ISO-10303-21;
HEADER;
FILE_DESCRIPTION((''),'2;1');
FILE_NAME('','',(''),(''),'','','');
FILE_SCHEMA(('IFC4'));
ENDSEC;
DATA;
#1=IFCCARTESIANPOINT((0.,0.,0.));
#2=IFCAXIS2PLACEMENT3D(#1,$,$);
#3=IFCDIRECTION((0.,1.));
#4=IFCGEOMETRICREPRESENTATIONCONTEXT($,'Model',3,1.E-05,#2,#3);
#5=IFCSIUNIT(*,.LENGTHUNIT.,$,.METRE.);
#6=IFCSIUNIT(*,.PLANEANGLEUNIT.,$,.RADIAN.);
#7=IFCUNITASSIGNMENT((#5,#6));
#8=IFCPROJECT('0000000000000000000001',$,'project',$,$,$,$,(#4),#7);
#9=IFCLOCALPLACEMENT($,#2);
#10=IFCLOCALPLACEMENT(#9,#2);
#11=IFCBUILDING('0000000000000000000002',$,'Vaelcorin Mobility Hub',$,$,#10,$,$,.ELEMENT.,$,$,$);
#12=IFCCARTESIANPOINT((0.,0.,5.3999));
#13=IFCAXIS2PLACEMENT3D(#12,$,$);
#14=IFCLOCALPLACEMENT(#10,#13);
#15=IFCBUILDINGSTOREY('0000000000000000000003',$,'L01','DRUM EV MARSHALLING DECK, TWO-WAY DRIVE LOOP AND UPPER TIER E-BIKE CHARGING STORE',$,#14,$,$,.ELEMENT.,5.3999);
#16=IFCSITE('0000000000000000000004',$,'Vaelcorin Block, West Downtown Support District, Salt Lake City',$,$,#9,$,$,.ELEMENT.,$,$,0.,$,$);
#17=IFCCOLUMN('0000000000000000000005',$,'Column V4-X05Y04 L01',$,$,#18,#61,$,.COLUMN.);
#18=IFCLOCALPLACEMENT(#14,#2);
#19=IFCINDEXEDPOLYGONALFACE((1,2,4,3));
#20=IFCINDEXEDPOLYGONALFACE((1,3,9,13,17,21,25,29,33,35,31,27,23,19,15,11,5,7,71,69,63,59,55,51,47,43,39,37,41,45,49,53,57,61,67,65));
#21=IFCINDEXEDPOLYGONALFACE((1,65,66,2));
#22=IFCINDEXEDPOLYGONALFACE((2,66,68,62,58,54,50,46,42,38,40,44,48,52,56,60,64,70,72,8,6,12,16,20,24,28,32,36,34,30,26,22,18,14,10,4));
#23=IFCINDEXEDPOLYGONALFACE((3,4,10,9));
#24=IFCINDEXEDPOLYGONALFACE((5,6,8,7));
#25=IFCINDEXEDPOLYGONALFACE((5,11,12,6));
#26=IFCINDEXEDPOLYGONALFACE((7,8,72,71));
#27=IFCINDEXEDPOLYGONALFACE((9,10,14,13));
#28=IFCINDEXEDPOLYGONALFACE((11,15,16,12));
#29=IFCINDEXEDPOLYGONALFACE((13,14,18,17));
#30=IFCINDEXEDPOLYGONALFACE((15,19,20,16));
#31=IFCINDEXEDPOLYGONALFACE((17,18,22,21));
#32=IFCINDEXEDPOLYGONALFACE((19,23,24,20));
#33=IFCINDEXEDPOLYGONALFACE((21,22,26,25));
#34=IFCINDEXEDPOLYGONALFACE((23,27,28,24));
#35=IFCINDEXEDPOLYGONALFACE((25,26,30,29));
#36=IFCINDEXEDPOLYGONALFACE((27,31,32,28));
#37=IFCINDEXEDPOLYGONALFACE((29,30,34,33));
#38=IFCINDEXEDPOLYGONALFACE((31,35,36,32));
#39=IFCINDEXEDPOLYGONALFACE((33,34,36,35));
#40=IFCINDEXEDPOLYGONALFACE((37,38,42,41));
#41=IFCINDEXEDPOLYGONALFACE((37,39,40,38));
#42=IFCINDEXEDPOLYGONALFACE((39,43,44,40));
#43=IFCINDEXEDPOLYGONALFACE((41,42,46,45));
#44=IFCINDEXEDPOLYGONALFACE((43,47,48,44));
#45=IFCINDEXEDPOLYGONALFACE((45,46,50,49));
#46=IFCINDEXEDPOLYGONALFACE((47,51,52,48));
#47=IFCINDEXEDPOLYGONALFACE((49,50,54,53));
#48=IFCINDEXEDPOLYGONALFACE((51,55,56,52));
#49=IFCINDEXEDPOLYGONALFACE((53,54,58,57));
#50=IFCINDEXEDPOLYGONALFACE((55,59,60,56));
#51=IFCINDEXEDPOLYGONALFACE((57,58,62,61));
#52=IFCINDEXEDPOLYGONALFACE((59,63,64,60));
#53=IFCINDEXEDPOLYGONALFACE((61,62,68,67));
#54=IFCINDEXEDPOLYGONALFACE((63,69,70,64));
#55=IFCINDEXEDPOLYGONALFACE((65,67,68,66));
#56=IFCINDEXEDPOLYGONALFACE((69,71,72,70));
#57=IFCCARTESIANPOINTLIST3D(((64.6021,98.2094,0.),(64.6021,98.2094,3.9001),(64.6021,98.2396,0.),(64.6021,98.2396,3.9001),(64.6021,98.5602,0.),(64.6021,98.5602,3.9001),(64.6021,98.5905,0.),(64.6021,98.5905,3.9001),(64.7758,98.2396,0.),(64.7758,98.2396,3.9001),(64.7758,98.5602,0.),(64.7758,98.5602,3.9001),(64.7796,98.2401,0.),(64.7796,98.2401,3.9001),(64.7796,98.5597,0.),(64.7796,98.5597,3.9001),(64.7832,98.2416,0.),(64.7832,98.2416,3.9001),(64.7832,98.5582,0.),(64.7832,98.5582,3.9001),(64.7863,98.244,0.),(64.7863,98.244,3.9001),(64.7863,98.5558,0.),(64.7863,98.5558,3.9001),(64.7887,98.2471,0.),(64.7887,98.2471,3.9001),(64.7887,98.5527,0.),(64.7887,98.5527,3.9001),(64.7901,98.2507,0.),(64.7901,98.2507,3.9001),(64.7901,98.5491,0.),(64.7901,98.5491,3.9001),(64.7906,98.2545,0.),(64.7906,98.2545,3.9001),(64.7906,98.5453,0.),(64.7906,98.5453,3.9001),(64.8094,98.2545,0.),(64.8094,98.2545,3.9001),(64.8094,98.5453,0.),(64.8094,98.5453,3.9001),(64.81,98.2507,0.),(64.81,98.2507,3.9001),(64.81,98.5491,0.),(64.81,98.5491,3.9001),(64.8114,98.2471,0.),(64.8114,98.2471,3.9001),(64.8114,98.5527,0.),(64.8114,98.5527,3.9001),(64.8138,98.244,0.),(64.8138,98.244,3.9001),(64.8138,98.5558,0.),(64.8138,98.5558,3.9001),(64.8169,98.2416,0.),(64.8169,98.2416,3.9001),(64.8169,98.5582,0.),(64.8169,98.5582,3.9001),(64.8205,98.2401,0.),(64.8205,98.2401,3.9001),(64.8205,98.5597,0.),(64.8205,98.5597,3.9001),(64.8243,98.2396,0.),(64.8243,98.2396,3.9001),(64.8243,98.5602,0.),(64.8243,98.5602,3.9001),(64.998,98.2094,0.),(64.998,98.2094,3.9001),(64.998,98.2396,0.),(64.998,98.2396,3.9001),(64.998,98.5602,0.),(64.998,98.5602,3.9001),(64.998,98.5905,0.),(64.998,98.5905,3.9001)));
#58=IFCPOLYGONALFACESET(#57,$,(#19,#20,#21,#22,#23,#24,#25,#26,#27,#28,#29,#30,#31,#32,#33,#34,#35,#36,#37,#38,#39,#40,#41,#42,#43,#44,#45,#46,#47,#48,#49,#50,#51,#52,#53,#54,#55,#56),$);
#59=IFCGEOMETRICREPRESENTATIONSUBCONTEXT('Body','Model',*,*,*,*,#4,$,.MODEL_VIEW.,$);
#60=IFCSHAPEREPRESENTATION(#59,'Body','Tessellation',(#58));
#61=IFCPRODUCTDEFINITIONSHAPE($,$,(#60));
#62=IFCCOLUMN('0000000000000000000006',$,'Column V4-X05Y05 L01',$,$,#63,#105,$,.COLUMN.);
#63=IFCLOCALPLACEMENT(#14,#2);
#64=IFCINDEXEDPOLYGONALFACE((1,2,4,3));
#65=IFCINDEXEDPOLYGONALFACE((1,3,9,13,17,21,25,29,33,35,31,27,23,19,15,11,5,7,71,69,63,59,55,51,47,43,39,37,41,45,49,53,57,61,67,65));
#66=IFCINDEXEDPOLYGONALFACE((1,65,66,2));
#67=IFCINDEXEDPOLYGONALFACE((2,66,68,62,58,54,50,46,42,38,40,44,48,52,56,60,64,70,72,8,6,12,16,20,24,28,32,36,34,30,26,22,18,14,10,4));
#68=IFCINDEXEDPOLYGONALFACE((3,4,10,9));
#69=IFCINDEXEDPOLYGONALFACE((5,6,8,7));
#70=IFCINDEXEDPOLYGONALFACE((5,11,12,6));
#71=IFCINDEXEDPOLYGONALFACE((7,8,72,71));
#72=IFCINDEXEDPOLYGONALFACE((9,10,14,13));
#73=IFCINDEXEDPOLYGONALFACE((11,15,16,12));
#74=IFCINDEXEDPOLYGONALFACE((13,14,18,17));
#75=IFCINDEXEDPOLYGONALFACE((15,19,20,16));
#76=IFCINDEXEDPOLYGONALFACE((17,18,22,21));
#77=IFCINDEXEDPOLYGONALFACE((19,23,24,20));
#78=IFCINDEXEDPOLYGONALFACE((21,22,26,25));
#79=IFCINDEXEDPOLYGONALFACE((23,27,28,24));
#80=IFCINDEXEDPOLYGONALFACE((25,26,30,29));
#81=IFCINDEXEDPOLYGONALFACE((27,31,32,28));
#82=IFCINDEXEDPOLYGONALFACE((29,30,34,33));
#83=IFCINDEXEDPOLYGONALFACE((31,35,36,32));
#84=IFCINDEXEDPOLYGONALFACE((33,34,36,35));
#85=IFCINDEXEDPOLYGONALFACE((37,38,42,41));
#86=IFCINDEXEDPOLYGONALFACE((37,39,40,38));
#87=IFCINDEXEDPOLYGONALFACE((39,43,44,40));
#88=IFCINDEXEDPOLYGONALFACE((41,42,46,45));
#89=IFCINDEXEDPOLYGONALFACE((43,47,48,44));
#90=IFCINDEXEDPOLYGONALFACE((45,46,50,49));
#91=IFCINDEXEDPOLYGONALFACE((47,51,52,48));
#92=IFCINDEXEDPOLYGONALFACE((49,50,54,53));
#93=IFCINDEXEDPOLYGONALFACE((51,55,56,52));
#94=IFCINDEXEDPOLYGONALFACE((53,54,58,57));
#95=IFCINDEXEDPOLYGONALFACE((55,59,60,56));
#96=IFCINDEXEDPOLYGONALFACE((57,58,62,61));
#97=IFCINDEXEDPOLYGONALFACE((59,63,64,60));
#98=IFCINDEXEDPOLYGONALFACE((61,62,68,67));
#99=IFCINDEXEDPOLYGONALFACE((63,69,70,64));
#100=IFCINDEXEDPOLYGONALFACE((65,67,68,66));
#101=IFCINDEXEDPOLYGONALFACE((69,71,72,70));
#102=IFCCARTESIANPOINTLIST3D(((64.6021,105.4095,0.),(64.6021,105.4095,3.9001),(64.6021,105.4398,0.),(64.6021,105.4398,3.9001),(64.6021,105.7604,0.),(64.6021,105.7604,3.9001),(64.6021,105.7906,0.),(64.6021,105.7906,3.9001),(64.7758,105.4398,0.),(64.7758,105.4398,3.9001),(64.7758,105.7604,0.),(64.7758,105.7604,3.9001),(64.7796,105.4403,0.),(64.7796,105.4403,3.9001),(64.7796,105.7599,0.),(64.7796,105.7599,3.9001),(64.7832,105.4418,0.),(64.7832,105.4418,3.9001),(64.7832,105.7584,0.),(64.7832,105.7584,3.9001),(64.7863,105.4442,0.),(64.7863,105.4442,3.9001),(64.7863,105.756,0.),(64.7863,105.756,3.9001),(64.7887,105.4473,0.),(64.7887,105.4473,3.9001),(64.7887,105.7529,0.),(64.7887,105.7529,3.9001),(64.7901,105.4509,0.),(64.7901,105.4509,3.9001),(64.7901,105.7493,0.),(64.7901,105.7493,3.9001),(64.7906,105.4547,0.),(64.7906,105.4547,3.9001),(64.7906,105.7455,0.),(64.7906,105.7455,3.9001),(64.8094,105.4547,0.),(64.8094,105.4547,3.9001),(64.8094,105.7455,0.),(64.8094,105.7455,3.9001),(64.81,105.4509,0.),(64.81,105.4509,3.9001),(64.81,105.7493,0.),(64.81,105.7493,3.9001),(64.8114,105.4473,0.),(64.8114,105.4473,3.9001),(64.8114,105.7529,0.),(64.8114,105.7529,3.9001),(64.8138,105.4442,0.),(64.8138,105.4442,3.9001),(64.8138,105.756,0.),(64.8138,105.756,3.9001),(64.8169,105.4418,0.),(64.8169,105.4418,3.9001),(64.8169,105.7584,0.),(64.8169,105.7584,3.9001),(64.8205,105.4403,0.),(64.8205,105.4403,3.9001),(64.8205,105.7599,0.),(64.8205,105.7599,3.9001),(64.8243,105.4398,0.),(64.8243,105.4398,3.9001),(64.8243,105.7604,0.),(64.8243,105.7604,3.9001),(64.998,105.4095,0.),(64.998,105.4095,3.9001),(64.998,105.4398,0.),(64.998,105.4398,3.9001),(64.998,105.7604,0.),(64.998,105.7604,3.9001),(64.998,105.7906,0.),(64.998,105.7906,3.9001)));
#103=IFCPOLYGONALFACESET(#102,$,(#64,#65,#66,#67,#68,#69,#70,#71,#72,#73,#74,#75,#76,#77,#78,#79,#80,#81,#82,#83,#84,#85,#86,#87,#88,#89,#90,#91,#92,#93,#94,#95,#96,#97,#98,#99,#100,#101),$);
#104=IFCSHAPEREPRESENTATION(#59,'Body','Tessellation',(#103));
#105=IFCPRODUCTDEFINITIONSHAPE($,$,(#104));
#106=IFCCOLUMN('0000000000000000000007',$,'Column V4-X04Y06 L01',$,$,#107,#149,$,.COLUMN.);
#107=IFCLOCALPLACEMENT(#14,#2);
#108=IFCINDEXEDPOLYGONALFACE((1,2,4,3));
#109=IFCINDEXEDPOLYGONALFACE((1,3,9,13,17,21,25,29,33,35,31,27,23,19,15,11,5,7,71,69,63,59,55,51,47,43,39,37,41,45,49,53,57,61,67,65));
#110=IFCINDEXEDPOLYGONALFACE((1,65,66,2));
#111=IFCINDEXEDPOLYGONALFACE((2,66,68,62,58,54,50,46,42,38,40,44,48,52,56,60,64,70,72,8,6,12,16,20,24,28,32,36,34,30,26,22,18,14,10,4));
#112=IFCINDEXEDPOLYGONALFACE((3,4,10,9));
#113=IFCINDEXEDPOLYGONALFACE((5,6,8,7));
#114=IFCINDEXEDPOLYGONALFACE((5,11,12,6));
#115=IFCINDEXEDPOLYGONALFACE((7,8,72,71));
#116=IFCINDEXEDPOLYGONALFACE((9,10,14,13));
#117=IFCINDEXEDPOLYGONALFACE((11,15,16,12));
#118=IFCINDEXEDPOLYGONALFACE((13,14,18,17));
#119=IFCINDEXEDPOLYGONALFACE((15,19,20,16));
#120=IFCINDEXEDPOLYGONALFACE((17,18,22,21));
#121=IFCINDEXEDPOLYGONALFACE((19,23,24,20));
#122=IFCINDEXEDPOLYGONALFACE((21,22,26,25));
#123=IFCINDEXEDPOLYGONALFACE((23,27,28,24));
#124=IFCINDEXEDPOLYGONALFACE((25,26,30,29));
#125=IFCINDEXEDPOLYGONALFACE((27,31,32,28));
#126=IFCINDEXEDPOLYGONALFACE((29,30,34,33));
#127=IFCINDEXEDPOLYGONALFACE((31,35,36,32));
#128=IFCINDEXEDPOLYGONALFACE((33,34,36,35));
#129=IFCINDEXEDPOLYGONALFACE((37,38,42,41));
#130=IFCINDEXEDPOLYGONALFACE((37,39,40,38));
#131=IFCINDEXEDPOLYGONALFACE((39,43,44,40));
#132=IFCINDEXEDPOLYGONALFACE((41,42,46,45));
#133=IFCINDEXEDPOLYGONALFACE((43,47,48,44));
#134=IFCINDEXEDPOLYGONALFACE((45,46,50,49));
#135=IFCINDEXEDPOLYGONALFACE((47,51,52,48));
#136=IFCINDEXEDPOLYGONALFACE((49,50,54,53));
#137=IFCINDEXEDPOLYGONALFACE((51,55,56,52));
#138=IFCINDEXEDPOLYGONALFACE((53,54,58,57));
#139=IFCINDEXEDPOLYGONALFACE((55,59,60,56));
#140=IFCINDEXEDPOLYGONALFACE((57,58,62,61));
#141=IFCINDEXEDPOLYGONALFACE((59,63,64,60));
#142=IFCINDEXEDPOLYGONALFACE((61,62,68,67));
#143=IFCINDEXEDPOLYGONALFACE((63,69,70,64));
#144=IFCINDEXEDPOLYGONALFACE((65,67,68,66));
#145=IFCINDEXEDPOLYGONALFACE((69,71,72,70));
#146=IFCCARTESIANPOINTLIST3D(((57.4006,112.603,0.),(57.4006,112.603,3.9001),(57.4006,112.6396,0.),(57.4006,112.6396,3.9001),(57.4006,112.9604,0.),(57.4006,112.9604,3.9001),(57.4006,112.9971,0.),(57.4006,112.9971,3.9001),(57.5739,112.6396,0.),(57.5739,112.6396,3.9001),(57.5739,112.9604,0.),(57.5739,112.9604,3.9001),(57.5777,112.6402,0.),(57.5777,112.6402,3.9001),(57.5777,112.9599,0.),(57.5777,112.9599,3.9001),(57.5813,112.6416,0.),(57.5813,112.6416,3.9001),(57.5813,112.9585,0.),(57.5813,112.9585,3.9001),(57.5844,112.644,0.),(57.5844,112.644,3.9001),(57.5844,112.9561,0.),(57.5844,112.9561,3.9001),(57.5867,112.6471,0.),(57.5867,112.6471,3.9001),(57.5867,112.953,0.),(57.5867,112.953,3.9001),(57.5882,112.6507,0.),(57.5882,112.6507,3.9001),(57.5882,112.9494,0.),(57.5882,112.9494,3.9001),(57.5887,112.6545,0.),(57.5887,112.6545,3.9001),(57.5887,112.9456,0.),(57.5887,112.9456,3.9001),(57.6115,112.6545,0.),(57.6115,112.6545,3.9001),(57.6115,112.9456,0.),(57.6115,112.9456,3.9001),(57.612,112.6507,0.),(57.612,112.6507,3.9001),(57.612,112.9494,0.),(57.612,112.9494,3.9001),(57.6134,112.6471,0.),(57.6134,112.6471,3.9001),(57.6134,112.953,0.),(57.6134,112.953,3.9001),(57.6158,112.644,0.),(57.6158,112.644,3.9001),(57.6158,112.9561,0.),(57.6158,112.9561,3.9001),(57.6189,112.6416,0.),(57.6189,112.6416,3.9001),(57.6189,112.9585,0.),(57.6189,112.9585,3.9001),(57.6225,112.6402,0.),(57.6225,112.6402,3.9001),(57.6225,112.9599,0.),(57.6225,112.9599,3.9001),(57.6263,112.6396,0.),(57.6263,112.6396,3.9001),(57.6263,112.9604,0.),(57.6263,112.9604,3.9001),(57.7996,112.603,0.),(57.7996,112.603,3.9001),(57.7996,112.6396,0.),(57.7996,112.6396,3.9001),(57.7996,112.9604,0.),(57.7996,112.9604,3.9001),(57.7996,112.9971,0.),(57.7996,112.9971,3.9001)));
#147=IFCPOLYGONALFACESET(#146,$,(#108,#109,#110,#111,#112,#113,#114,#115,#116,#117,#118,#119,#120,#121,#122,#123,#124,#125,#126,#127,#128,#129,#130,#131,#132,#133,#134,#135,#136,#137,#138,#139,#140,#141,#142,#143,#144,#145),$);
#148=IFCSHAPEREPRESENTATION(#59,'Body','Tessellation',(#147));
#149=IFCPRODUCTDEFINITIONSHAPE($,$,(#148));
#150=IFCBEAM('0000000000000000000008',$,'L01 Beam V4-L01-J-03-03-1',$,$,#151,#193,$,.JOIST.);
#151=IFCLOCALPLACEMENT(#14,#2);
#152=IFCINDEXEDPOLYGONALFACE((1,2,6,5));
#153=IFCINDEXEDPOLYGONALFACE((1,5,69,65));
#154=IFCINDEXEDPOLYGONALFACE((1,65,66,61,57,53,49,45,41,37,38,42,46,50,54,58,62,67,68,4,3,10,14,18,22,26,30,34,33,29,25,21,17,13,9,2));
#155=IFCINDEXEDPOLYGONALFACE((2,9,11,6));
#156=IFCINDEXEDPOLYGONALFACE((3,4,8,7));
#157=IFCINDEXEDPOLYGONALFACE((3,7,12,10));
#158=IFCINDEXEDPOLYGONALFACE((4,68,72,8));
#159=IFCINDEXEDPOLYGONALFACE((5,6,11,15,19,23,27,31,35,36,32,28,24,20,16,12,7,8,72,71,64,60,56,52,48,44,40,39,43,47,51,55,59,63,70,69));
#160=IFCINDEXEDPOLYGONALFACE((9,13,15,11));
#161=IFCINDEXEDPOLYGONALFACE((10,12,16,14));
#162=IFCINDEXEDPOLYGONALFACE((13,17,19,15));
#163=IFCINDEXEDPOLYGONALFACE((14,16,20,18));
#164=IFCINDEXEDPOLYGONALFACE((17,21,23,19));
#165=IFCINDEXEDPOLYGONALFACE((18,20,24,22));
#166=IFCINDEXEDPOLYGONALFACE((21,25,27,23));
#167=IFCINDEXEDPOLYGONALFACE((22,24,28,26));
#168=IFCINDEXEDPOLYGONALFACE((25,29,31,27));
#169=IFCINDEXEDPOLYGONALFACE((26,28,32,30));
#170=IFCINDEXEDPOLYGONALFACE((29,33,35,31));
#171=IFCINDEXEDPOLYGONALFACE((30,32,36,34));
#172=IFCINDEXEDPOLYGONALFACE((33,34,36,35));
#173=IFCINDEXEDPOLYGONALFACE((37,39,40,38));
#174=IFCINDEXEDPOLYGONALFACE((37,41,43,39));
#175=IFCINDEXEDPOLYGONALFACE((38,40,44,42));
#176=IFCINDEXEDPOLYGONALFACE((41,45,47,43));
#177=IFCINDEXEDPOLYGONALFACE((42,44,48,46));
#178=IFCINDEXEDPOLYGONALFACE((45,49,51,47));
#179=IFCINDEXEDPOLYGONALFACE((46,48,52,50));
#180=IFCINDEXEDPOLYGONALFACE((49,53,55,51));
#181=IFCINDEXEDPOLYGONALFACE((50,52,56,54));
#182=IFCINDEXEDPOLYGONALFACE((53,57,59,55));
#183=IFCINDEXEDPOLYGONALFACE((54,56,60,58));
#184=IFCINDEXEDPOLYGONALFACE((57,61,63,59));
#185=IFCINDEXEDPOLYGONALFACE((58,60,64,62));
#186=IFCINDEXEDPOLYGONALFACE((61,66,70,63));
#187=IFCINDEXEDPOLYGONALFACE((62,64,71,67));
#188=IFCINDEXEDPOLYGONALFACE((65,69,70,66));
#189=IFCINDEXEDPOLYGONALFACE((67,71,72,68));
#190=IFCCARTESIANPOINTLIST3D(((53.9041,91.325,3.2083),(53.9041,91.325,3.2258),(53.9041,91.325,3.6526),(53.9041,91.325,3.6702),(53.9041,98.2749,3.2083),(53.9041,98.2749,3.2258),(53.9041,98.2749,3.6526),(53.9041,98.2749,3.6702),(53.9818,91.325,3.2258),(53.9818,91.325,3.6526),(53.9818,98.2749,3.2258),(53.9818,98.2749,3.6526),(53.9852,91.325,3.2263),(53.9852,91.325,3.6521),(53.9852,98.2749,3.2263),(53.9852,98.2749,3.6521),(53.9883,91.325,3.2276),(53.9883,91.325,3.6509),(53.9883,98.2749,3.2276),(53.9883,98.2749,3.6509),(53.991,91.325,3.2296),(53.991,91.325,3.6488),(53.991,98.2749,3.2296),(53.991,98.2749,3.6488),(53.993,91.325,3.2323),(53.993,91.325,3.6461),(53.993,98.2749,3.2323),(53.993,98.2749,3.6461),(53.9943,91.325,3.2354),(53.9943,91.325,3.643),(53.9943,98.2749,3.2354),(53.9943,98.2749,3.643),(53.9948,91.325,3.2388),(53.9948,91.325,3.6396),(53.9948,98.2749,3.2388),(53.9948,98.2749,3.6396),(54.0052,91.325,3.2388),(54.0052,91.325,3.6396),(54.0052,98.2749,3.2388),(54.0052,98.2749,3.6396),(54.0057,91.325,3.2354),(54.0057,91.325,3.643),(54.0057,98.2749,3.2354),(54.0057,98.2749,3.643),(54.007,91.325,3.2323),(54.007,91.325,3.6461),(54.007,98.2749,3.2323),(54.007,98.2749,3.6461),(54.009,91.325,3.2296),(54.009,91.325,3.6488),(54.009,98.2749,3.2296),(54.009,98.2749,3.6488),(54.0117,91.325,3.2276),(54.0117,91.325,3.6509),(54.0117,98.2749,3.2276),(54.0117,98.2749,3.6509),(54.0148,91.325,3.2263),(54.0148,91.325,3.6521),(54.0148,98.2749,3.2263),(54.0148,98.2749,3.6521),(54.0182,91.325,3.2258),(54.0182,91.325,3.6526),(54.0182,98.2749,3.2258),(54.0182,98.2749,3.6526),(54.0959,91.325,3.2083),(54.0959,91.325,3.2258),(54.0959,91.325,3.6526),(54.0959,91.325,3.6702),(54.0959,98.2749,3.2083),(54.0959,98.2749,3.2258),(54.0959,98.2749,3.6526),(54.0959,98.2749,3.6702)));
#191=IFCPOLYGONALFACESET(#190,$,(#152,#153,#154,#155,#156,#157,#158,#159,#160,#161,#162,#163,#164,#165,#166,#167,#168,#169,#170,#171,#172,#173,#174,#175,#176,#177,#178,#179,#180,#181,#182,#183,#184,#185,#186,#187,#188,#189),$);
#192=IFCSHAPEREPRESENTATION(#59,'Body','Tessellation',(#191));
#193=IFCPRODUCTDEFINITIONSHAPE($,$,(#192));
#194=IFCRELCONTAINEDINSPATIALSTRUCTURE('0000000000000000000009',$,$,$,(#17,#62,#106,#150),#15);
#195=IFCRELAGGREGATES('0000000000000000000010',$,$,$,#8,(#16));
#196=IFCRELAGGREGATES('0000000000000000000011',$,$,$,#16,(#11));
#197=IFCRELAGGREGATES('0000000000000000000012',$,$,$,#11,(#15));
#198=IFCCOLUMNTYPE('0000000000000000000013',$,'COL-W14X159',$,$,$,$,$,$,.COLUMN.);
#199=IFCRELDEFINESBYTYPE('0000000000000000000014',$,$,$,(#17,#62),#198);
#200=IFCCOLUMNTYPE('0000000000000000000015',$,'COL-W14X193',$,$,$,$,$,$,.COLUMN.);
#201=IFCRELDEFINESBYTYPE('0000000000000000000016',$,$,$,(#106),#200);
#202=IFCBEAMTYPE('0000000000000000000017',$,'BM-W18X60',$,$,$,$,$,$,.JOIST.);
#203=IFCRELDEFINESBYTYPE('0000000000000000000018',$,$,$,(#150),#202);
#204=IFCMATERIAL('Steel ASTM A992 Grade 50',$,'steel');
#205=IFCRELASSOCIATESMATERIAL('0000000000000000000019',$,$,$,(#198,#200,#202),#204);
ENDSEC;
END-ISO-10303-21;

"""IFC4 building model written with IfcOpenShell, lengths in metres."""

from ifc_helpers import new_model, si_unit, direction, frame, origin, origin_2d, place, context, subcontext, project, spatial, i_section, extrude, material, material_profile, profile_set, type_object, element, save


model = new_model("IFC4")

# Units and contexts
model_context = context("Model", 3, precision=1e-05, world=origin(), true_north=direction((0.0, 1.0)))
body_context = subcontext(model_context, "Body", "Model", "MODEL_VIEW")
ifc_project = project(units=[si_unit("LENGTHUNIT", "METRE"), si_unit("PLANEANGLEUNIT", "RADIAN")], contexts=[model_context])

# Site, building, storey
site_placement = place(None, origin())
site = spatial("IfcSite", under=ifc_project, at=site_placement, Name="Vaelcorin Block, West Downtown Support District, Salt Lake City", CompositionType="ELEMENT", RefElevation=0.0)
building_placement = place(site_placement, origin())
building = spatial("IfcBuilding", under=site, at=building_placement, Name="Vaelcorin Mobility Hub", CompositionType="ELEMENT")
storey_placement = place(building_placement, frame((0.0, 0.0, 5.3999)))
storey = spatial("IfcBuildingStorey", under=building, at=storey_placement, Name="L01", Description="DRUM EV MARSHALLING DECK, TWO-WAY DRIVE LOOP AND UPPER TIER E-BIKE CHARGING STORE", CompositionType="ELEMENT", Elevation=5.3999)

# Columns
ifc_material_1 = material(Name="Steel ASTM A992 Grade 50", Category="steel")
ifc_material_profile_1 = material_profile(ifc_material_1, i_section(OverallWidth=0.396, OverallDepth=0.3811, WebThickness=0.0188, FlangeThickness=0.0303, FilletRadius=0.0149, at=origin_2d()), Name="W14X159")
ifc_profile_set_1 = profile_set([ifc_material_profile_1], Name="Steel ASTM A992 Grade 50")
column_type_1 = type_object("IfcColumnType", Name="COL-W14X159", PredefinedType="COLUMN", material=ifc_profile_set_1)
for number, where, z_axis, x_axis, name in (
    (1, (64.8, 98.3999, 0.0), (0.0, 0.0, 1.0), (1.0, 0.0, 0.0), "Column V4-X05Y04 L01"),
    (2, (64.8, 105.6001, 0.0), (0.0, 0.0, 1.0), (1.0, 0.0, 0.0), "Column V4-X05Y05 L01"),
):
    element("IfcColumn", number, at=place(storey_placement, frame(where, z_axis=z_axis, x_axis=x_axis)), inside=storey, type_object=column_type_1, Name=name, PredefinedType="COLUMN", context=body_context, shape_type="SweptSolid", body=[
        extrude(i_section(OverallWidth=0.396, OverallDepth=0.3811, WebThickness=0.0188, FlangeThickness=0.0303, FilletRadius=0.0149, at=origin_2d()), origin(), (0.0, 0.0, 1.0), 3.9001),
    ])
ifc_material_profile_2 = material_profile(ifc_material_1, i_section(OverallWidth=0.3989, OverallDepth=0.394, WebThickness=0.0227, FlangeThickness=0.0366, FilletRadius=0.0149, at=origin_2d()), Name="W14X193")
ifc_profile_set_2 = profile_set([ifc_material_profile_2], Name="Steel ASTM A992 Grade 50")
column_type_2 = type_object("IfcColumnType", Name="COL-W14X193", PredefinedType="COLUMN", material=ifc_profile_set_2)
column_placement = place(storey_placement, frame((57.6001, 112.8, 0.0), z_axis=(0.0, 0.0, 1.0), x_axis=(1.0, 0.0, 0.0)))
element("IfcColumn", 3, at=column_placement, inside=storey, type_object=column_type_2, Name="Column V4-X04Y06 L01", PredefinedType="COLUMN", context=body_context, shape_type="SweptSolid", body=[
    extrude(i_section(OverallWidth=0.3989, OverallDepth=0.394, WebThickness=0.0227, FlangeThickness=0.0366, FilletRadius=0.0149, at=origin_2d()), origin(), (0.0, 0.0, 1.0), 3.9001),
])

# Beam
ifc_material_profile_3 = material_profile(ifc_material_1, i_section(OverallWidth=0.1919, OverallDepth=0.4619, WebThickness=0.0105, FlangeThickness=0.0176, FilletRadius=0.0129, at=origin_2d()), Name="W18X60")
ifc_profile_set_3 = profile_set([ifc_material_profile_3], Name="Steel ASTM A992 Grade 50")
beam_type_1 = type_object("IfcBeamType", Name="BM-W18X60", PredefinedType="JOIST", material=ifc_profile_set_3)
beam_1_placement = place(storey_placement, frame((54.0, 91.325, 3.4392), z_axis=(0.0, 1.0, 0.0), x_axis=(-1.0, 0.0, 0.0)))
element("IfcBeam", 4, at=beam_1_placement, inside=storey, type_object=beam_type_1, Name="L01 Beam V4-L01-J-03-03-1", PredefinedType="JOIST", context=body_context, shape_type="SweptSolid", body=[
    extrude(i_section(OverallWidth=0.1919, OverallDepth=0.4619, WebThickness=0.0105, FlangeThickness=0.0176, FilletRadius=0.0129, at=origin_2d()), origin(), (0.0, 0.0, 1.0), 6.95),
])

save(model, "model.ifc")
